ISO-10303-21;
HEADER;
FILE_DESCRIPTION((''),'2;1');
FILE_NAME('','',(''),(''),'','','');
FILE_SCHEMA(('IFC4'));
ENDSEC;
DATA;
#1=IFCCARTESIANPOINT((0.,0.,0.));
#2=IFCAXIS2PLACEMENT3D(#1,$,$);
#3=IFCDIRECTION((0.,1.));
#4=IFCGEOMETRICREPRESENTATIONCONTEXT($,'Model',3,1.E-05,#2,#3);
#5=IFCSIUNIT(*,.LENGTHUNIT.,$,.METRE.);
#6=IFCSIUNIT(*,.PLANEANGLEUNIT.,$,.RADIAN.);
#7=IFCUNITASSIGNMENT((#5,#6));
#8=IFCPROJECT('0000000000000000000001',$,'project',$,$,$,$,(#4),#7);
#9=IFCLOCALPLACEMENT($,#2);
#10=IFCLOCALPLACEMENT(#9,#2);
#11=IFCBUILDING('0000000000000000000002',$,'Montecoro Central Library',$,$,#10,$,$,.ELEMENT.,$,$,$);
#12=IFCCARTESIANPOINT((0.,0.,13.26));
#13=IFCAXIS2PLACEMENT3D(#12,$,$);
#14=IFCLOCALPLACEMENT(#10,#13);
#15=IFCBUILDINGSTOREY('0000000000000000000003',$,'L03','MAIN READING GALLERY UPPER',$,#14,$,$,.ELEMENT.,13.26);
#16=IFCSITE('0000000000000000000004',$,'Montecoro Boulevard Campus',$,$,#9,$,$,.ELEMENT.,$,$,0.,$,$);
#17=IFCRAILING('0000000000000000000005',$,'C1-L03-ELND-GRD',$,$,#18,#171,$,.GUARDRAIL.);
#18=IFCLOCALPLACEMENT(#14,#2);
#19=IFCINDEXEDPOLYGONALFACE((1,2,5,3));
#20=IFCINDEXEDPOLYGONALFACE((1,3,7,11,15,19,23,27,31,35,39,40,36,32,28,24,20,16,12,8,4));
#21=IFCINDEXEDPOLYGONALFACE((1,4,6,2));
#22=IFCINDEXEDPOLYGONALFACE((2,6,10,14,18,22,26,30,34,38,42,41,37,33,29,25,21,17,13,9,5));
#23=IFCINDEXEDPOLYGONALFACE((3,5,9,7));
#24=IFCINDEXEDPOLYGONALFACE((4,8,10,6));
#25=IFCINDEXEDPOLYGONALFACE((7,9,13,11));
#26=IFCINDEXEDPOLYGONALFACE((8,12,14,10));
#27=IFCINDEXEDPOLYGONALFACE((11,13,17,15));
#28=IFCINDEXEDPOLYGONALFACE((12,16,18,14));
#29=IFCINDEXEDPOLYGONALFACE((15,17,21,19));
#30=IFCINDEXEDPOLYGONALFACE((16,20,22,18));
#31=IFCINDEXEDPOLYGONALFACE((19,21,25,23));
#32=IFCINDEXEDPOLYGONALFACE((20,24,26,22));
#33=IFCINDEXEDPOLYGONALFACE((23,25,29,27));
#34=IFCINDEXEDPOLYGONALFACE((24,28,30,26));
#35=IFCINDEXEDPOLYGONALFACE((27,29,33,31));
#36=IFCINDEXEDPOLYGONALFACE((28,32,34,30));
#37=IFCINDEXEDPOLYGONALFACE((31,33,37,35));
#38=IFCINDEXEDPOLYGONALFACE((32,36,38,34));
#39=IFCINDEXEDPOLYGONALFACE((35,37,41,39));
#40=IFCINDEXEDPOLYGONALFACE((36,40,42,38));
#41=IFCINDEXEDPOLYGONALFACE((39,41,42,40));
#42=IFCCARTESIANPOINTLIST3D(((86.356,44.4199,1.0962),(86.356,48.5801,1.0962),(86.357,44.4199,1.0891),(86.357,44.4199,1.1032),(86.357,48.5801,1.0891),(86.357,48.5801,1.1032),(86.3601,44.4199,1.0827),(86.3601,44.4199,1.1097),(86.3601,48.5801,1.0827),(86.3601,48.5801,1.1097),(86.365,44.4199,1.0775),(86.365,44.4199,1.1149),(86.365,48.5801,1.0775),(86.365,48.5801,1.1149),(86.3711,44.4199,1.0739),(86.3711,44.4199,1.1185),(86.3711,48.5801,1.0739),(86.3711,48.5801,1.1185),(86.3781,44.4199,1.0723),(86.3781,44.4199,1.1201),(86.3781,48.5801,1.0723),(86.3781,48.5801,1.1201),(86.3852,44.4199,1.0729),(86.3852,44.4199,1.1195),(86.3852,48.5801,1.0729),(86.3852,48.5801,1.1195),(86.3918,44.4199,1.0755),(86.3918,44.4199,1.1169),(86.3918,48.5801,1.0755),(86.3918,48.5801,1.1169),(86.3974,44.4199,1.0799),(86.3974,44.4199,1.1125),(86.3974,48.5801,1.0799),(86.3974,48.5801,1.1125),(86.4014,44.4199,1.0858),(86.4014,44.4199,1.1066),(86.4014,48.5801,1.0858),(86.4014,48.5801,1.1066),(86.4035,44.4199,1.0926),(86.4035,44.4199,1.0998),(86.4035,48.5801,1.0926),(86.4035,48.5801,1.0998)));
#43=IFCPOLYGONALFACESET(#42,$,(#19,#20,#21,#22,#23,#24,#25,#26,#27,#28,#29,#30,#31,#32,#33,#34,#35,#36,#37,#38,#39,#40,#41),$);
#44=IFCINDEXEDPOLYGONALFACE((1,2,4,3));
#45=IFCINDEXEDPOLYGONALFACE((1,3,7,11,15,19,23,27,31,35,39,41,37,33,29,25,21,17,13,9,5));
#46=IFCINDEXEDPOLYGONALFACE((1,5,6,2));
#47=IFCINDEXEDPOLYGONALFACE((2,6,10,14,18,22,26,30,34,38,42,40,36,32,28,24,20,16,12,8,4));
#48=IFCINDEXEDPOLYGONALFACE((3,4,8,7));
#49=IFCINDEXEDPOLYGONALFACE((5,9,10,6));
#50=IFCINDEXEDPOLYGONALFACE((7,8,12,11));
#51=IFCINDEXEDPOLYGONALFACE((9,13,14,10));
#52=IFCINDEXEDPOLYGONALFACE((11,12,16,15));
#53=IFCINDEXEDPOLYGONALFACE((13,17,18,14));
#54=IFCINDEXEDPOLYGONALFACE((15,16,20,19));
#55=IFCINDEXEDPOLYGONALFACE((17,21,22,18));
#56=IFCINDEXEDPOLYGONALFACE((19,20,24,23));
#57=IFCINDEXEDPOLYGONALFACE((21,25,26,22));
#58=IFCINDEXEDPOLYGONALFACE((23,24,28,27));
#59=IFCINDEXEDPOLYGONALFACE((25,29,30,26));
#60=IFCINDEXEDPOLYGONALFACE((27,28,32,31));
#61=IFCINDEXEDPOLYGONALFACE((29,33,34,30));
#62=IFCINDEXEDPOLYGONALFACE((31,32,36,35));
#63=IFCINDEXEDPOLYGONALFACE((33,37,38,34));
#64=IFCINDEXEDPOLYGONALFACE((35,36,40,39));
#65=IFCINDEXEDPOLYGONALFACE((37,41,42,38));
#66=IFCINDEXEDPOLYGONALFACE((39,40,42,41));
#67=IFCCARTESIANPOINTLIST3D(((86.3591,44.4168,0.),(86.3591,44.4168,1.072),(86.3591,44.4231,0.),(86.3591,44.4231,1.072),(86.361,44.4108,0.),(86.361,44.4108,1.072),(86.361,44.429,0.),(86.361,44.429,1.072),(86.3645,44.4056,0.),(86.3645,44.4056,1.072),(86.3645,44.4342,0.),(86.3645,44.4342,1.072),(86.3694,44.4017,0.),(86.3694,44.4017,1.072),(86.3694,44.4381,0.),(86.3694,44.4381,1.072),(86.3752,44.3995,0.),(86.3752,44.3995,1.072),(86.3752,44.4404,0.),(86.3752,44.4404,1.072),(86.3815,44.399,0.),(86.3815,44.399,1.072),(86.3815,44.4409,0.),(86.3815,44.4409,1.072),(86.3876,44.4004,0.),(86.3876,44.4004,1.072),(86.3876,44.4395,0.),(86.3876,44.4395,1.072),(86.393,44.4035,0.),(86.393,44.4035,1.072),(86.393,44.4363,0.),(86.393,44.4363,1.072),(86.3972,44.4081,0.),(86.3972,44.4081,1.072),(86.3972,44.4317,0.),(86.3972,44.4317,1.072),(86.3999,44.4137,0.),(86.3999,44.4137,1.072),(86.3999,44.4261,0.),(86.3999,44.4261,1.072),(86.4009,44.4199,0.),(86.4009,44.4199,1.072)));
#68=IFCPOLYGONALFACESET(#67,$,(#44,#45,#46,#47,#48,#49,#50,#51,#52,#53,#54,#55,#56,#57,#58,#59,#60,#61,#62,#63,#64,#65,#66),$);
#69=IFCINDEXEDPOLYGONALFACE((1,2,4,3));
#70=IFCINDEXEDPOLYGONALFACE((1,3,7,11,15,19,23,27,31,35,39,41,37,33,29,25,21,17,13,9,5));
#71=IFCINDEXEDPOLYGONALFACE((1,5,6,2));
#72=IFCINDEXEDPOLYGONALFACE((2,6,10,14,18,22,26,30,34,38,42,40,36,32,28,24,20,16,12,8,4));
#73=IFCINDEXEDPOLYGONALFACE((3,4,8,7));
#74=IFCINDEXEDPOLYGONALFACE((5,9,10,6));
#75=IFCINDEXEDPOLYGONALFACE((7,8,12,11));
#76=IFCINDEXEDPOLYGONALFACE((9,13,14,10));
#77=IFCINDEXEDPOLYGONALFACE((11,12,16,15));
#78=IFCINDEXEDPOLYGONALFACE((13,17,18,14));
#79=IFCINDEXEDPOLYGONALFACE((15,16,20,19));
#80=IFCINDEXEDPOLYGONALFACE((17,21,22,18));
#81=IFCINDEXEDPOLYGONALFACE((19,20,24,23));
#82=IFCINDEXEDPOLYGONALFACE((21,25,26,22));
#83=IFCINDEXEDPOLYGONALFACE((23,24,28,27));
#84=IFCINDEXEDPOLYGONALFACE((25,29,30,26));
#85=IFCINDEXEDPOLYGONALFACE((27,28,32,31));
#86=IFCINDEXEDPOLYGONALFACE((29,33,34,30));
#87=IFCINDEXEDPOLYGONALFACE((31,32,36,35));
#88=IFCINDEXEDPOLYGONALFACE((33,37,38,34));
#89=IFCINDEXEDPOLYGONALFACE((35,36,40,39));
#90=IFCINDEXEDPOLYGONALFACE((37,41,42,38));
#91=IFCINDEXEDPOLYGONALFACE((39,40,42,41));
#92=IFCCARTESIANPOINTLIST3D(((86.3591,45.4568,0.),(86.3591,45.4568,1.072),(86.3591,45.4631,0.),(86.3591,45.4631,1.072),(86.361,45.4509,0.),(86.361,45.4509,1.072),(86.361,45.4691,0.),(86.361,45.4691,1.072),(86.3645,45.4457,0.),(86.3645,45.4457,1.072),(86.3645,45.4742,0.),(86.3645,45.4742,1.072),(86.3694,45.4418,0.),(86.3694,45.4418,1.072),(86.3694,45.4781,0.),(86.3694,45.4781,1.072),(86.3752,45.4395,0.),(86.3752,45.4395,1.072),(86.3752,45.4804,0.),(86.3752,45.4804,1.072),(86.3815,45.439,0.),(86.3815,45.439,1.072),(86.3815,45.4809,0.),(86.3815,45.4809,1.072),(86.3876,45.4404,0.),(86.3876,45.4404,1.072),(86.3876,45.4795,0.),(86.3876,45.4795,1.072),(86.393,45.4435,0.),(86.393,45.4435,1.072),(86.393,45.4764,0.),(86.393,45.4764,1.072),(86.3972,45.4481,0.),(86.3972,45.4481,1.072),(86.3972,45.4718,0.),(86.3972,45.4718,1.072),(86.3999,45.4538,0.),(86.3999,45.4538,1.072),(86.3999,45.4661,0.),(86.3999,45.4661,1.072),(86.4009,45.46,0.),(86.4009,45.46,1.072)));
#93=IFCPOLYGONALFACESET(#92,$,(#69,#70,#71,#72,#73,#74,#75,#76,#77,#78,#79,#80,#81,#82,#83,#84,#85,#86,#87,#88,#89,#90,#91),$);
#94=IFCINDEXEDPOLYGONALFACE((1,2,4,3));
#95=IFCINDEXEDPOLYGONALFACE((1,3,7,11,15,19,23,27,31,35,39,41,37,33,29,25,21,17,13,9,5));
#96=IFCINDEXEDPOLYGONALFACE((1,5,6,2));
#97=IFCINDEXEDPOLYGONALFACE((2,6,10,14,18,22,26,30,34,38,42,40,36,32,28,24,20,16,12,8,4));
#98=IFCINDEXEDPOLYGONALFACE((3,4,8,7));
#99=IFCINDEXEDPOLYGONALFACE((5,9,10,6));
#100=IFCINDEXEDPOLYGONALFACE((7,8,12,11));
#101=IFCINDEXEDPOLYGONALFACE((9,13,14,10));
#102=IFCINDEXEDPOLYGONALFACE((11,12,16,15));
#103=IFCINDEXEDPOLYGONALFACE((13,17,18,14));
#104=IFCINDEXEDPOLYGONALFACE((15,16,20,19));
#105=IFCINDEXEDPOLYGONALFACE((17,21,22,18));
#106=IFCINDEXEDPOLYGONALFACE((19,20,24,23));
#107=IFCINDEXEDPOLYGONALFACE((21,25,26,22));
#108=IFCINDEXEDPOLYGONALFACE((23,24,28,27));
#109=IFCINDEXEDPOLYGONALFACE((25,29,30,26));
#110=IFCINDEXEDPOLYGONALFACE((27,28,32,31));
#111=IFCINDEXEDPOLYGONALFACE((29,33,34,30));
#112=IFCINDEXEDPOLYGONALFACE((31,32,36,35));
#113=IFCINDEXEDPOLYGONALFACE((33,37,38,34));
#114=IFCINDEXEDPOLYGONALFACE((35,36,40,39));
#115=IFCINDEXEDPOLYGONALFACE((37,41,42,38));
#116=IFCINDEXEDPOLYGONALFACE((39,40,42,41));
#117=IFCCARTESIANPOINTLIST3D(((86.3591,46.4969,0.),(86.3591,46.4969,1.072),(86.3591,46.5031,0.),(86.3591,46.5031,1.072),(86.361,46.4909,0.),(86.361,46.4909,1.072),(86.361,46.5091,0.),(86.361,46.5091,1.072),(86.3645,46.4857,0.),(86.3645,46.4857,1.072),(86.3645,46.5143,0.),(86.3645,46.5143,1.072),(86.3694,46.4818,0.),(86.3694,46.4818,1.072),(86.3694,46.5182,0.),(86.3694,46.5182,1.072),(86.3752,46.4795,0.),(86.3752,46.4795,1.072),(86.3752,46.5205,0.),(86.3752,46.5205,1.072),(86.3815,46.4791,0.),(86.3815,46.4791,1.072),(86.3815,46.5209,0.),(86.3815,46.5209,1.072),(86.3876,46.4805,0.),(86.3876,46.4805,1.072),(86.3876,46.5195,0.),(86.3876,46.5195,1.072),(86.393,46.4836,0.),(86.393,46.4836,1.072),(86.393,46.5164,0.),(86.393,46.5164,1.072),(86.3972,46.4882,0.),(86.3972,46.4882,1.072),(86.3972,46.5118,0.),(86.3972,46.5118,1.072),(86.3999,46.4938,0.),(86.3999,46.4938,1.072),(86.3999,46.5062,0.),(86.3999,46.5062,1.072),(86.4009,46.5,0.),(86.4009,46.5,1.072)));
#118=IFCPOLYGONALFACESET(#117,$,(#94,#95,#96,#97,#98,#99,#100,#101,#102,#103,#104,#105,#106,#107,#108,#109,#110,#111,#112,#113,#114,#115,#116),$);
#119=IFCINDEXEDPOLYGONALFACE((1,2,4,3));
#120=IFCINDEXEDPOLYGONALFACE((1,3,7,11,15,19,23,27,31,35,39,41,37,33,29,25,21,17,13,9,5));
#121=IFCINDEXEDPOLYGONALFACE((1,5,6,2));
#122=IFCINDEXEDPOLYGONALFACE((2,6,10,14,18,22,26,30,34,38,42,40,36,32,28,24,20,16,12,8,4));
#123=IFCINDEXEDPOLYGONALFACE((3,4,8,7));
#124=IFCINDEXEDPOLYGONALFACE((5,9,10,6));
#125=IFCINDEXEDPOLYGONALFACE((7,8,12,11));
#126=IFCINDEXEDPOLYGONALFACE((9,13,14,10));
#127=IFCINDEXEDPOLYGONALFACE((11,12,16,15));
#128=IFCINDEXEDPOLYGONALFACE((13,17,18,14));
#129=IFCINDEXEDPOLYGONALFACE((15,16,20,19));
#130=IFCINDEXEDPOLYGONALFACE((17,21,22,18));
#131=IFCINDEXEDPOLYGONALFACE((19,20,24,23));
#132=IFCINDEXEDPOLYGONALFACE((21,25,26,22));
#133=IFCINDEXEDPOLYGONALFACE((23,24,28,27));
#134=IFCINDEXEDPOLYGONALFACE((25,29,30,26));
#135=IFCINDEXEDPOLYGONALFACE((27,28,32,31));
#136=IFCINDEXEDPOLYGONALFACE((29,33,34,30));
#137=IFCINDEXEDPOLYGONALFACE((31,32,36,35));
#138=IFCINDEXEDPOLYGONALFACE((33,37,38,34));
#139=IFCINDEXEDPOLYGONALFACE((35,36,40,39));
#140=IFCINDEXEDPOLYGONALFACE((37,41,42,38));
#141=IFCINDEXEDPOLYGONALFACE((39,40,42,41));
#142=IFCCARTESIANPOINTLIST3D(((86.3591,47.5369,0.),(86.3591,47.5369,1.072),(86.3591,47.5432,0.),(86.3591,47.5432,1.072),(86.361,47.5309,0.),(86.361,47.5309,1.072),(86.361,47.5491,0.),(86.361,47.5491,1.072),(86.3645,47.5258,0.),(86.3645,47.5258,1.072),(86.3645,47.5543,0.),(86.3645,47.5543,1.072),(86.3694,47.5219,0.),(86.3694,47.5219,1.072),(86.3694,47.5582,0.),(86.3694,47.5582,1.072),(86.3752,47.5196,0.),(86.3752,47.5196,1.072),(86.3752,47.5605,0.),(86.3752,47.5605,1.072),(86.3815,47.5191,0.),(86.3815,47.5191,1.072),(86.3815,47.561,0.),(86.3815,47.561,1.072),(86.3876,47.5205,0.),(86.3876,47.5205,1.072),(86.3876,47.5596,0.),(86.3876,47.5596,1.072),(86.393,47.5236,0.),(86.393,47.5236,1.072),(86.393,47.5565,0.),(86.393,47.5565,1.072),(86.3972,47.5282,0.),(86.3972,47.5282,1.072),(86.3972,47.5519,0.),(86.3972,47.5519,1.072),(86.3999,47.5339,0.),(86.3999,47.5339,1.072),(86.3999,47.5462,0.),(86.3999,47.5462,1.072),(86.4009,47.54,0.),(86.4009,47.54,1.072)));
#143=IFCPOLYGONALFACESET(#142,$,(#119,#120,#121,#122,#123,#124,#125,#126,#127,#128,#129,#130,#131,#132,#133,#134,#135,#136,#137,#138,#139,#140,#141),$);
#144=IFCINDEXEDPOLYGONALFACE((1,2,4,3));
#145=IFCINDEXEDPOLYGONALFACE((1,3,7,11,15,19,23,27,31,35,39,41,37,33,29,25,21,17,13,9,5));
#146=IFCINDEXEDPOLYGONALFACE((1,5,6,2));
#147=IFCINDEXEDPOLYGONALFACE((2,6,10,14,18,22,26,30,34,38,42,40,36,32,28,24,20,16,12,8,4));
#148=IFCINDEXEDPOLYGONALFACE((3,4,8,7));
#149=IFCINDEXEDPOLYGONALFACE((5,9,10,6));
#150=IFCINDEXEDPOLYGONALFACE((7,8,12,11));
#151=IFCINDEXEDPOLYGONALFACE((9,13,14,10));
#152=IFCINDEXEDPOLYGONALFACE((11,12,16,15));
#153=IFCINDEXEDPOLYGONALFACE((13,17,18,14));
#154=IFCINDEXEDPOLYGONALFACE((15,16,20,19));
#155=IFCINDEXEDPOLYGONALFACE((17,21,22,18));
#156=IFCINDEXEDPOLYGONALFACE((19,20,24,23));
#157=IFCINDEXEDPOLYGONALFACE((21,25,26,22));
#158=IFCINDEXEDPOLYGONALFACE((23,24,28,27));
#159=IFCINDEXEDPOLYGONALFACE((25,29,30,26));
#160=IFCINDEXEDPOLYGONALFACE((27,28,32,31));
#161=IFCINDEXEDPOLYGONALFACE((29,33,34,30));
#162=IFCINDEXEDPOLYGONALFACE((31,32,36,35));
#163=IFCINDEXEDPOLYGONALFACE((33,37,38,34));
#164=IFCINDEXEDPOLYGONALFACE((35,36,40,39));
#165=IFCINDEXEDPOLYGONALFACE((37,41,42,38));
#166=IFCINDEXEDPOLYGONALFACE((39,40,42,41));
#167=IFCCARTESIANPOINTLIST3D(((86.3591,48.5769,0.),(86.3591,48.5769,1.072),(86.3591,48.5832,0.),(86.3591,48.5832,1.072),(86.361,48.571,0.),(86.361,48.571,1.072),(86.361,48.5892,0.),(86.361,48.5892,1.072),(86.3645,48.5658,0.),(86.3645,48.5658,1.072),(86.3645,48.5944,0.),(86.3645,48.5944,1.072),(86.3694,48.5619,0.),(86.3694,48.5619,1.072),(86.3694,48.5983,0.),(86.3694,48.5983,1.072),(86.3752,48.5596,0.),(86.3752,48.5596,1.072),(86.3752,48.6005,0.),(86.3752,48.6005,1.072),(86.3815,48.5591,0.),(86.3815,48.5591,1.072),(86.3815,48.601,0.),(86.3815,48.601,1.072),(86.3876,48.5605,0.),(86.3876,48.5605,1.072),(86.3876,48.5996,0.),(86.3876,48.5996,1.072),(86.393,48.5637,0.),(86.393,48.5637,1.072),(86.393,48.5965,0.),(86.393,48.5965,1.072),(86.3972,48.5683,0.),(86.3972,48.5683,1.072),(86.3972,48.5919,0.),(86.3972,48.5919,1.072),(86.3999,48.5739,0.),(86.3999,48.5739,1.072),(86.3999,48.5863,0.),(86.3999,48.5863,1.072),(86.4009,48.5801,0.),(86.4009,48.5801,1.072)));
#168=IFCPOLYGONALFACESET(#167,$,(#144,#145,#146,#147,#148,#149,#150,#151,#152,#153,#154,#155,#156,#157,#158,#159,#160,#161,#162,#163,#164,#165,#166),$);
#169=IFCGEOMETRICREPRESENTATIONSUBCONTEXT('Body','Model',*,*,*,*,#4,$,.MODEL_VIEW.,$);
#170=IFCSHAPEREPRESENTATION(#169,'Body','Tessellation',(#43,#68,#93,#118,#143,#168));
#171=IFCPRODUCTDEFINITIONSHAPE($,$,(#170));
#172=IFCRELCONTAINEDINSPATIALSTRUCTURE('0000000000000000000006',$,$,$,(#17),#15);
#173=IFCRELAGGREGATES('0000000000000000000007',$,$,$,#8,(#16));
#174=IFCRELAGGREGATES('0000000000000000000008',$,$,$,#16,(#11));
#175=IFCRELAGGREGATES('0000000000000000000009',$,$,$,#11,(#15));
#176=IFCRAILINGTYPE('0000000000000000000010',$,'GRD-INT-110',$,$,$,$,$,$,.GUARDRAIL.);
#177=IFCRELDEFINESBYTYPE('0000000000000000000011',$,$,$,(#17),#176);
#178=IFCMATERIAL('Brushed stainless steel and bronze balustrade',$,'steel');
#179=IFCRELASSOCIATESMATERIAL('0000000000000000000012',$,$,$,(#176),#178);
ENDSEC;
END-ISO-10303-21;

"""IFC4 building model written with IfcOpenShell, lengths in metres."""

from ifc_helpers import new_model, si_unit, direction, frame, origin, origin_2d, place, context, subcontext, project, spatial, circle, extrude, material, type_object, element, save


model = new_model("IFC4")

# Units and contexts
model_context = context("Model", 3, precision=1e-05, world=origin(), true_north=direction((0.0, 1.0)))
body_context = subcontext(model_context, "Body", "Model", "MODEL_VIEW")
ifc_project = project(units=[si_unit("LENGTHUNIT", "METRE"), si_unit("PLANEANGLEUNIT", "RADIAN")], contexts=[model_context])

# Site, building, storey
site_placement = place(None, origin())
site = spatial("IfcSite", under=ifc_project, at=site_placement, Name="Montecoro Boulevard Campus", CompositionType="ELEMENT", RefElevation=0.0)
building_placement = place(site_placement, origin())
building = spatial("IfcBuilding", under=site, at=building_placement, Name="Montecoro Central Library", CompositionType="ELEMENT")
storey_placement = place(building_placement, frame((0.0, 0.0, 13.26)))
storey = spatial("IfcBuildingStorey", under=building, at=storey_placement, Name="L03", Description="MAIN READING GALLERY UPPER", CompositionType="ELEMENT", Elevation=13.26)

# Railing
ifc_material_1 = material(Name="Brushed stainless steel and bronze balustrade", Category="steel")
railing_type = type_object("IfcRailingType", Name="GRD-INT-110", PredefinedType="GUARDRAIL", material=ifc_material_1)
railing_placement = place(storey_placement, frame((86.3799, 44.4199, 0.0)))
element("IfcRailing", 1, at=railing_placement, inside=storey, type_object=railing_type, Name="C1-L03-ELND-GRD", PredefinedType="GUARDRAIL", context=body_context, shape_type="SweptSolid", body=[
    extrude(circle(Radius=0.0239, at=origin_2d()), frame((0.0, 0.0, 1.0962), z_axis=(0.0, 1.0, 0.0), x_axis=(-1.0, 0.0, 0.0)), (0.0, 0.0, 1.0), 4.1602),
    extrude(circle(Radius=0.021, at=origin_2d()), origin(), (0.0, 0.0, 1.0), 1.072),
    extrude(circle(Radius=0.021, at=origin_2d()), frame((0.0, 1.04, 0.0)), (0.0, 0.0, 1.0), 1.072),
    extrude(circle(Radius=0.021, at=origin_2d()), frame((0.0, 2.0801, 0.0)), (0.0, 0.0, 1.0), 1.072),
    extrude(circle(Radius=0.021, at=origin_2d()), frame((0.0, 3.1201, 0.0)), (0.0, 0.0, 1.0), 1.072),
    extrude(circle(Radius=0.021, at=origin_2d()), frame((0.0, 4.1602, 0.0)), (0.0, 0.0, 1.0), 1.072),
])

save(model, "model.ifc")
